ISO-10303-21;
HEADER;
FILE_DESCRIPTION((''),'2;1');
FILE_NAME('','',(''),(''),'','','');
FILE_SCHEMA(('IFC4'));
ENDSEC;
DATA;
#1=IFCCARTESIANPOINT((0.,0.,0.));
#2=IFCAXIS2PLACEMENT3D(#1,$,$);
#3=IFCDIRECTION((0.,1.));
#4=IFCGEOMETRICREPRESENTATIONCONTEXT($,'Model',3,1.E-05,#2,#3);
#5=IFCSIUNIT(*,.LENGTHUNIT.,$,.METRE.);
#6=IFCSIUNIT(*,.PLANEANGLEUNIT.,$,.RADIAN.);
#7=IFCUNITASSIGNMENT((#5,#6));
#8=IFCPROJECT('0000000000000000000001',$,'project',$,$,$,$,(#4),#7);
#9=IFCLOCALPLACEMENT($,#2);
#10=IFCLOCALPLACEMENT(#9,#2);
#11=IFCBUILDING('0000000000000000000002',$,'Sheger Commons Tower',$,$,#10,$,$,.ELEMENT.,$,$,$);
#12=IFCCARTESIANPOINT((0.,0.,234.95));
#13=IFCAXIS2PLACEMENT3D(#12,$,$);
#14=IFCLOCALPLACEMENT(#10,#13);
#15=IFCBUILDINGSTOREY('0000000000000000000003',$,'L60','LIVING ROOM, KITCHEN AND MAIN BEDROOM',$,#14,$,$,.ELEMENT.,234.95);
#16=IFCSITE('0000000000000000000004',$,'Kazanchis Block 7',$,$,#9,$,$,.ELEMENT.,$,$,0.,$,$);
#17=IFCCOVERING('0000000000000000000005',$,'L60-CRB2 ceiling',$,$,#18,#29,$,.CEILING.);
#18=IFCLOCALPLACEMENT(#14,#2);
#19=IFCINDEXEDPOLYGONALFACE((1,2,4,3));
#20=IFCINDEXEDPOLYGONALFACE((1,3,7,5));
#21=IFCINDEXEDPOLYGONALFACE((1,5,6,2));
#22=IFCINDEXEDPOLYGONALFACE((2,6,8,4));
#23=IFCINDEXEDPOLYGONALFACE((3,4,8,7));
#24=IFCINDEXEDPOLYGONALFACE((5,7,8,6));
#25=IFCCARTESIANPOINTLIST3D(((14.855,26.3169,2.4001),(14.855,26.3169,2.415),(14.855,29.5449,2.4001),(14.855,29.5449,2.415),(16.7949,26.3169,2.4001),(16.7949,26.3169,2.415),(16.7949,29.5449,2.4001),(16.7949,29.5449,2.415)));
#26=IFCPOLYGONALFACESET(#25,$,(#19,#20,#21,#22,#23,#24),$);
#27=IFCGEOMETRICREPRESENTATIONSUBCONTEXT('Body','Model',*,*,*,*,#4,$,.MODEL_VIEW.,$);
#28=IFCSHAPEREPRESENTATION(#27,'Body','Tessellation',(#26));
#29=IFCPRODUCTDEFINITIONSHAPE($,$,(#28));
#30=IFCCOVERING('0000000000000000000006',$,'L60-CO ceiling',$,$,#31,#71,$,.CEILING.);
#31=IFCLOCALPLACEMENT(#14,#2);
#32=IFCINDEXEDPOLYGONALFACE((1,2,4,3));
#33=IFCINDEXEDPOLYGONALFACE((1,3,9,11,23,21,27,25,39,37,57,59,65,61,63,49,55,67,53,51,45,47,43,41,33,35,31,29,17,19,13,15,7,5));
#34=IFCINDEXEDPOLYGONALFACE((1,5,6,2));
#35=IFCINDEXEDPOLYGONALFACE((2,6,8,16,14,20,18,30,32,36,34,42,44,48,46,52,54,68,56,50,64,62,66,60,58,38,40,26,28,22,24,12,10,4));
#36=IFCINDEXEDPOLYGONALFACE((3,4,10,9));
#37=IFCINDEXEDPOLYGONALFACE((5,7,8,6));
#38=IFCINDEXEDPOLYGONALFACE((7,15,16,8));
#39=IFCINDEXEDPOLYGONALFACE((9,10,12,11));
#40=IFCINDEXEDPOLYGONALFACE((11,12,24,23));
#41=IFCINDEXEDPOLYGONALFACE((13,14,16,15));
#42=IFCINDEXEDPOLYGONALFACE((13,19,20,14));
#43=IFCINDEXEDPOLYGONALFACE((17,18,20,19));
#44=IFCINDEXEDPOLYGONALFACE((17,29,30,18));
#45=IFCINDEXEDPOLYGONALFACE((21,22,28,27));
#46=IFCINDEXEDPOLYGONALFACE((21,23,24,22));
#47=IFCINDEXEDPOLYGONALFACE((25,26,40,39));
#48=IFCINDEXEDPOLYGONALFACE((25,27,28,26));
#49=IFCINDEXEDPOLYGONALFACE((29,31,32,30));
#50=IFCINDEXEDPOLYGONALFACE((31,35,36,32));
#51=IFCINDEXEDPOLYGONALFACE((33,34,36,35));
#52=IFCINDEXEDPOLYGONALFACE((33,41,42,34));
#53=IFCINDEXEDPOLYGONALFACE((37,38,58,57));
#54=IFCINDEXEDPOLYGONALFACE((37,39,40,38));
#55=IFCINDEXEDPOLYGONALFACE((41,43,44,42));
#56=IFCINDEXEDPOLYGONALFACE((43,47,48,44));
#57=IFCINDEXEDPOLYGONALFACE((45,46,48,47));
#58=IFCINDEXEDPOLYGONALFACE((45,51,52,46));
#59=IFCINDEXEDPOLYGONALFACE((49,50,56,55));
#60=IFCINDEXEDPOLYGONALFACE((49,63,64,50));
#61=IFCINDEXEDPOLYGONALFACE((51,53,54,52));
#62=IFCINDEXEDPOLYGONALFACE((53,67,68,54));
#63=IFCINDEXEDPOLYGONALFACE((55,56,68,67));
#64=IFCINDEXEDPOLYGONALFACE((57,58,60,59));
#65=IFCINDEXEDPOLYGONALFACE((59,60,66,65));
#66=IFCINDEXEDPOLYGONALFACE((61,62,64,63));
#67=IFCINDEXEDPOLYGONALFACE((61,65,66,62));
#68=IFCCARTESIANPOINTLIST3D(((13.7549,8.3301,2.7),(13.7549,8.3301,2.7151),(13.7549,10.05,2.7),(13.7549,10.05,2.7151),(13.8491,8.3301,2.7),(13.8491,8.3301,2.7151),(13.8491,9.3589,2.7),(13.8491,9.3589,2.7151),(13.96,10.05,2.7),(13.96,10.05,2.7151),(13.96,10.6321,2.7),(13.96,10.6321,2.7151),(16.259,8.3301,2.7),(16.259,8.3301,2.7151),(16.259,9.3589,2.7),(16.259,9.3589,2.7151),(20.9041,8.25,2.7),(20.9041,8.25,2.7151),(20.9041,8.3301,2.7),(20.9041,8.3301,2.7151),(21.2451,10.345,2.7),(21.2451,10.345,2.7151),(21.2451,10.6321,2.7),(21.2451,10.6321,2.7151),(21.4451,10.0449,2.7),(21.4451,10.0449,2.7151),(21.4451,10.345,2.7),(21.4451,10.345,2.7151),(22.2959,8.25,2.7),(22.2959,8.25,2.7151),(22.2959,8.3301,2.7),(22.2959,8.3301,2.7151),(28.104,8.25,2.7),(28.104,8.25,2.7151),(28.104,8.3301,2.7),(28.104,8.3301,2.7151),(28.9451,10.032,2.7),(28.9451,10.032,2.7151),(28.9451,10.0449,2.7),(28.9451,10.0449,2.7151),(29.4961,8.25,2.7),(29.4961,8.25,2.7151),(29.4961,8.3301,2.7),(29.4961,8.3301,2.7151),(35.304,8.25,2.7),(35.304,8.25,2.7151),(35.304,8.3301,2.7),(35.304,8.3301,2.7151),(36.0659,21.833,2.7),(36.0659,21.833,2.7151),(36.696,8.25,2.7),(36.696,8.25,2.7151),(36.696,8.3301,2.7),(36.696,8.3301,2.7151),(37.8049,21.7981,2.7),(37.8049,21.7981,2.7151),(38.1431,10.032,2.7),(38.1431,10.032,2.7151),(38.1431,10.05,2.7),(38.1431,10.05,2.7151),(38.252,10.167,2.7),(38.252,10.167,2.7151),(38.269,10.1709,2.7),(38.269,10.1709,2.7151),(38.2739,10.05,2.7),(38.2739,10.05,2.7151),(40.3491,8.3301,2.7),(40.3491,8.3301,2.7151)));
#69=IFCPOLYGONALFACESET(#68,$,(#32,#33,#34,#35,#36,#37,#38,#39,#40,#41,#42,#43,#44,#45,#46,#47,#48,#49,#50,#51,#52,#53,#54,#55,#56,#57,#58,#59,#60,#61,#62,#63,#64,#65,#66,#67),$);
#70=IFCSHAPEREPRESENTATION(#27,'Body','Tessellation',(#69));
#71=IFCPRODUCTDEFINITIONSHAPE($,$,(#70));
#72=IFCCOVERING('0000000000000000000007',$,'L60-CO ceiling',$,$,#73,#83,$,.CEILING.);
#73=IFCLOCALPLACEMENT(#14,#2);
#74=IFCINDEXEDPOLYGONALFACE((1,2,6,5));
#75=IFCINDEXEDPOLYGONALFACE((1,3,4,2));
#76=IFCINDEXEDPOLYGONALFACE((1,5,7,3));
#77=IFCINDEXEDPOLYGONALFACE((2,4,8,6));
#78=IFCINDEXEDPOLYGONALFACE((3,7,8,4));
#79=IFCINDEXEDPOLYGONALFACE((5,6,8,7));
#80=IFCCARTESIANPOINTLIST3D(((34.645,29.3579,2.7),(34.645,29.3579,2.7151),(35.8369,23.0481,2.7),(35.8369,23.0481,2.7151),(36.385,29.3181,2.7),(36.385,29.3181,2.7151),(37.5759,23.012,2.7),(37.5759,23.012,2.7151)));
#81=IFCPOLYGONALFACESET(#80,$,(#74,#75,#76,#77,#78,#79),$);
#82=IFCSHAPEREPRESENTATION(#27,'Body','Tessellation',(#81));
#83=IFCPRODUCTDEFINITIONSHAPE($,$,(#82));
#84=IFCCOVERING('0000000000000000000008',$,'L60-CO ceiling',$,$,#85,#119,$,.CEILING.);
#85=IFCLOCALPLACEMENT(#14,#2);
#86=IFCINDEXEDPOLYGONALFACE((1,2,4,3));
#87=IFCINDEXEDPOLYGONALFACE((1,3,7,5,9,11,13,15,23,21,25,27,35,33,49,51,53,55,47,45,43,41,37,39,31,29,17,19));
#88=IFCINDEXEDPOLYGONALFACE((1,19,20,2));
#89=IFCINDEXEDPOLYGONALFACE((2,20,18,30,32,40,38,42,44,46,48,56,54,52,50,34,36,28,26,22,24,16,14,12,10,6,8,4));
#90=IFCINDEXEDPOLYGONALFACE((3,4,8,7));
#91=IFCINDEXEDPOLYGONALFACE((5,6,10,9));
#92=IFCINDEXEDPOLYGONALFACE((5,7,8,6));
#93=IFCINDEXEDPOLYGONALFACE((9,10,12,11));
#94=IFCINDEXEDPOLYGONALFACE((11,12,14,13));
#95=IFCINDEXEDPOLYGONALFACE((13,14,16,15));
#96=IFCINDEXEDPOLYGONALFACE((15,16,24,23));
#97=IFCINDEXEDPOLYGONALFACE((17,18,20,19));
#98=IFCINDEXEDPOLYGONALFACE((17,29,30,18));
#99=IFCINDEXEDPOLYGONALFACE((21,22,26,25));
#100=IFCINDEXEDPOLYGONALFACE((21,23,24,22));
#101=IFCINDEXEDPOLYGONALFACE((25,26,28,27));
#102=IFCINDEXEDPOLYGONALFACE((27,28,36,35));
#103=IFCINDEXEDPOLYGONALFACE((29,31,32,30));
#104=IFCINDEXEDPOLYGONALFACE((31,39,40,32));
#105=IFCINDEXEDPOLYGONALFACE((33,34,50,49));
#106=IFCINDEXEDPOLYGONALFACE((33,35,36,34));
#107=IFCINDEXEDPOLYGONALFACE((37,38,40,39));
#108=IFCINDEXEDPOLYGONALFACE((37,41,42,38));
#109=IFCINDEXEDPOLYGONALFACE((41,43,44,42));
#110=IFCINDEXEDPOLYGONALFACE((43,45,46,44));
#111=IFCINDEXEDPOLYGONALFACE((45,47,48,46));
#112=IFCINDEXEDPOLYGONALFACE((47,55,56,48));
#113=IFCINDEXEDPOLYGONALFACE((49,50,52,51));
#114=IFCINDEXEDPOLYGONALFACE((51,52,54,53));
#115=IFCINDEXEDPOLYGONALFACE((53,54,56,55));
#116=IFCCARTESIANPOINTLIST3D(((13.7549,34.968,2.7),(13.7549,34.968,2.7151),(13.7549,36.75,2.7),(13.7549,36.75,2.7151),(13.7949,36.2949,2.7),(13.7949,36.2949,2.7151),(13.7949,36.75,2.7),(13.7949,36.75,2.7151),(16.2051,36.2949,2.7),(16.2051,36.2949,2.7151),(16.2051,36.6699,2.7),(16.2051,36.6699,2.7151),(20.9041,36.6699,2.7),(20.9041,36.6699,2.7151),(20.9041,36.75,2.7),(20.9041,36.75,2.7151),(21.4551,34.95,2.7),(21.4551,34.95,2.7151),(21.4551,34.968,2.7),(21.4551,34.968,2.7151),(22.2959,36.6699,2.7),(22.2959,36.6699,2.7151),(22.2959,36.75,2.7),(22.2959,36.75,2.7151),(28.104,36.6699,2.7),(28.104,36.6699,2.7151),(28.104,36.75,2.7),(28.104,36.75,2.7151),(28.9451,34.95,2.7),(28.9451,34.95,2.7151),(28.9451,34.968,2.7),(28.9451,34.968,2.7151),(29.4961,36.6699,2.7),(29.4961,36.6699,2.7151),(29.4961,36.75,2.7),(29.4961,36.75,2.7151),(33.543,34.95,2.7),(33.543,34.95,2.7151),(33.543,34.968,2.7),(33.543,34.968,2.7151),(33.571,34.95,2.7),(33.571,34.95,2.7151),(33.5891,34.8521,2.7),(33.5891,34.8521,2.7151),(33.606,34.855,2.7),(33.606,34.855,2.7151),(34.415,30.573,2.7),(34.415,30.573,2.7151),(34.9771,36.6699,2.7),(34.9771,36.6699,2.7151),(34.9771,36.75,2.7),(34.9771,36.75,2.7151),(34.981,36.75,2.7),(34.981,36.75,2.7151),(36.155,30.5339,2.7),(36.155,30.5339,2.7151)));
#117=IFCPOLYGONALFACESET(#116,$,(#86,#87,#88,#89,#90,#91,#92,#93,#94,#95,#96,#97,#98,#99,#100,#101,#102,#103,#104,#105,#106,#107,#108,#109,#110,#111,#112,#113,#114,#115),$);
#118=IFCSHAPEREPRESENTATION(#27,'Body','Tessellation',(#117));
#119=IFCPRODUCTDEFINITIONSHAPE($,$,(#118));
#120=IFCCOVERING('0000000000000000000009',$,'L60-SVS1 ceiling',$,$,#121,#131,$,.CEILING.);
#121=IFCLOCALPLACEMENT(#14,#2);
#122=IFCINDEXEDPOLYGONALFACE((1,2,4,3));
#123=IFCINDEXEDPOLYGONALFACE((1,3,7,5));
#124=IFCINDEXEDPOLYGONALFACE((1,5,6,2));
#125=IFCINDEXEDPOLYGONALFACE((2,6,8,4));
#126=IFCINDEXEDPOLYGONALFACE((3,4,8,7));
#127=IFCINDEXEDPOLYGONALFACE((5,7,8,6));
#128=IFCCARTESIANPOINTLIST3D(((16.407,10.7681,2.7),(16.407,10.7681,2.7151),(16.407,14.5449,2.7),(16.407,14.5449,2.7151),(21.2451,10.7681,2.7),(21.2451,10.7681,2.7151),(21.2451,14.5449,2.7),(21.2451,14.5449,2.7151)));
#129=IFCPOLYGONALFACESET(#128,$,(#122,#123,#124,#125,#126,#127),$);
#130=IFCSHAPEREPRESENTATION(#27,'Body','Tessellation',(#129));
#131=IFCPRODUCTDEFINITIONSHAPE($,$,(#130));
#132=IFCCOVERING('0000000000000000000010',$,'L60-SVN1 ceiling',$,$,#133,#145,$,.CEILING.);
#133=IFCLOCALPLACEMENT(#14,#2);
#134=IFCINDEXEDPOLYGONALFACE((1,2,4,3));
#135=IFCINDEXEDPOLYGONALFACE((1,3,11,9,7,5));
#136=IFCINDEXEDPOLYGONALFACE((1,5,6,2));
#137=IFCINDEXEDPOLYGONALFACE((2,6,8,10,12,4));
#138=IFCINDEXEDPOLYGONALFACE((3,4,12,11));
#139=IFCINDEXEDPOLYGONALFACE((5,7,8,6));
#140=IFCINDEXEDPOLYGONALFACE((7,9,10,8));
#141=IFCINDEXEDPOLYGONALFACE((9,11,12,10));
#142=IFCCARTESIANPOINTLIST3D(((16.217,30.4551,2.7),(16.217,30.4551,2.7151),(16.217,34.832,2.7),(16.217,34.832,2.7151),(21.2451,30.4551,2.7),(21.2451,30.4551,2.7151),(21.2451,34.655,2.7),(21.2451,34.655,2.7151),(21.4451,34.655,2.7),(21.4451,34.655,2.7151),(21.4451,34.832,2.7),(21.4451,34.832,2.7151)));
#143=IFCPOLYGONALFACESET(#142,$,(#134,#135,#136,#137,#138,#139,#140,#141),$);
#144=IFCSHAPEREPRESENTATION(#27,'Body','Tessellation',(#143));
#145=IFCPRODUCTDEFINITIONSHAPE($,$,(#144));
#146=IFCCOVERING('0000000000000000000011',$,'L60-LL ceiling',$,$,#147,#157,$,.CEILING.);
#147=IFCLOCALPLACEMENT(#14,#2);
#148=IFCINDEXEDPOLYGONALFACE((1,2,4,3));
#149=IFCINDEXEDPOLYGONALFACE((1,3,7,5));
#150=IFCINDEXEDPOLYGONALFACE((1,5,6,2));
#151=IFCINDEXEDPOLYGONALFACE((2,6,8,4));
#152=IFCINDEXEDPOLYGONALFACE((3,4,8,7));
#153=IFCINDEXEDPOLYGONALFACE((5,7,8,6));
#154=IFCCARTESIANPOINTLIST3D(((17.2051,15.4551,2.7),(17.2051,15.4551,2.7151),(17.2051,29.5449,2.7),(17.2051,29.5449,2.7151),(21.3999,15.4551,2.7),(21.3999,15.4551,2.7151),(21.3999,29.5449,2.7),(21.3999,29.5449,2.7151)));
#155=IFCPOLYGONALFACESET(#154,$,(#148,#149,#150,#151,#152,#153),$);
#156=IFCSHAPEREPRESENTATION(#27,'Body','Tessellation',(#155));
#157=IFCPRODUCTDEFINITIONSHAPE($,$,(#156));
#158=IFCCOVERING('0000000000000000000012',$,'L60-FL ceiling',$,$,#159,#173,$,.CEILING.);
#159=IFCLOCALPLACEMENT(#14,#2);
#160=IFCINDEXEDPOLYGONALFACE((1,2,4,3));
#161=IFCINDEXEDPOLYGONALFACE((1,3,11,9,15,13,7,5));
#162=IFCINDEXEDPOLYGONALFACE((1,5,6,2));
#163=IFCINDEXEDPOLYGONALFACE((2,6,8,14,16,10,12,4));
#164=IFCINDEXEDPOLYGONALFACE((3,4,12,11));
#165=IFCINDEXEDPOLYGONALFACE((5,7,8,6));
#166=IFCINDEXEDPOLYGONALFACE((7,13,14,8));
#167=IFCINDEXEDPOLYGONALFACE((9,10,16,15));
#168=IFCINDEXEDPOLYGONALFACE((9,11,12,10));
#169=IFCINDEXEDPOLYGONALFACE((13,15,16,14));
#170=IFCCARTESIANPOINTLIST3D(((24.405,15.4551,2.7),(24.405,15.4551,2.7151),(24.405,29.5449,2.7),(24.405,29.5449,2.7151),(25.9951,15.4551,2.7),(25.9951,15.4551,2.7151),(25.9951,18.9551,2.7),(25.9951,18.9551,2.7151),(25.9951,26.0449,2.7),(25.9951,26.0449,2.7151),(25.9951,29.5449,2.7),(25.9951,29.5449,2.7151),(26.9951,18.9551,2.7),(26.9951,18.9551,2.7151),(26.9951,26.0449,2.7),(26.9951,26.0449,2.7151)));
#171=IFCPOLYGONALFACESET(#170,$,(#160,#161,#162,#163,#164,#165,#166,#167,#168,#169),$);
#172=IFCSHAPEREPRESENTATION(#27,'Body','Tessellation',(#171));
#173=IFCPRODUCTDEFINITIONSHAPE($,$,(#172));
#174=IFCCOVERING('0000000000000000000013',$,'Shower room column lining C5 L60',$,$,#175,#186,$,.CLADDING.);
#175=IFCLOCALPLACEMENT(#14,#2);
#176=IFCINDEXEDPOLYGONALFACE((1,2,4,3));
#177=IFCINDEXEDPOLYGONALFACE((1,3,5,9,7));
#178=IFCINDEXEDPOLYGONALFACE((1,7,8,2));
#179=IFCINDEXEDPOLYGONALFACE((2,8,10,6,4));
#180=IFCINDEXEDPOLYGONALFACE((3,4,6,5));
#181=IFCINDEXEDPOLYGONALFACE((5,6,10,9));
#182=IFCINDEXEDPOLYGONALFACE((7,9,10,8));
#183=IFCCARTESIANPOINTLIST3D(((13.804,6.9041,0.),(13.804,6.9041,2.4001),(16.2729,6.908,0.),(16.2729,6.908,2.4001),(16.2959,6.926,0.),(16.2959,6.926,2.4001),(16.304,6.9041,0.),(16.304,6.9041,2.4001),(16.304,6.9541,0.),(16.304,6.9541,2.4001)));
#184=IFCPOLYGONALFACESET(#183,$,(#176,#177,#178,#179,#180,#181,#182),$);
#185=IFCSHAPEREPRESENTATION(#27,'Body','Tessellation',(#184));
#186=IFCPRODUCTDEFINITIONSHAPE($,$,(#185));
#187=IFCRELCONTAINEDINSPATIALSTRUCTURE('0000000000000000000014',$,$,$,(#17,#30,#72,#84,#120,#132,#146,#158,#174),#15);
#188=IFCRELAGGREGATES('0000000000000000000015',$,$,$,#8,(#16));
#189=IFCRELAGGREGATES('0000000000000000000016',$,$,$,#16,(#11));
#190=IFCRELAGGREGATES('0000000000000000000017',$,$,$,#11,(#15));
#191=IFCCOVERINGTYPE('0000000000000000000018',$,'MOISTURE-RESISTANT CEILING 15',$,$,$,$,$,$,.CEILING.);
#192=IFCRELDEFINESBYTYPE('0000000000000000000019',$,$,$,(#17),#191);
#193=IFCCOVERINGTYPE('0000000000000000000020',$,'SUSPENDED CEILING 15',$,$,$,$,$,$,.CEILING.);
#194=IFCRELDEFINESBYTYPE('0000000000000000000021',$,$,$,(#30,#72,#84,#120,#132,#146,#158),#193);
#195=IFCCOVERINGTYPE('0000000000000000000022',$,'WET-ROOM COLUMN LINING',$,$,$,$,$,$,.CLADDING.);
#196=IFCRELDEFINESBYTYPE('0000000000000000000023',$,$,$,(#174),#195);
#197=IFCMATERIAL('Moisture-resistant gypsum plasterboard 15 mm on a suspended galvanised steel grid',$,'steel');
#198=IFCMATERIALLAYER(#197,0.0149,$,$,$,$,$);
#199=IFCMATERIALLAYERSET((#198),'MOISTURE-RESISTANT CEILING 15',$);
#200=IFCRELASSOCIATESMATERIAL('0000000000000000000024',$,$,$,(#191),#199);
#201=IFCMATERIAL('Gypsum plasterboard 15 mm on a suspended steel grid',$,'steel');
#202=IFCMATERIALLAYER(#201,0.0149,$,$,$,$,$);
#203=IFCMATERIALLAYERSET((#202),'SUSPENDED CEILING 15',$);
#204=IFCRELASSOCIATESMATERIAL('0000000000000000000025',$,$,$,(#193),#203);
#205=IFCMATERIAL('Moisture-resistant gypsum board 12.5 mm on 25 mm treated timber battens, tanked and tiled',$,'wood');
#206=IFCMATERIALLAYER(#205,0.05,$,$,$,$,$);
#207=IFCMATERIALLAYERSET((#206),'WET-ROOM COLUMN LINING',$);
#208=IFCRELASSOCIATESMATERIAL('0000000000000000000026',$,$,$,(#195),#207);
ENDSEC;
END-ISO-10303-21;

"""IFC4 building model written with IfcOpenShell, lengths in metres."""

from ifc_helpers import new_model, si_unit, direction, frame, origin, place, context, subcontext, project, spatial, polyline, outline, extrude, material, layer, layer_set, type_object, element, save


model = new_model("IFC4")

# Units and contexts
model_context = context("Model", 3, precision=1e-05, world=origin(), true_north=direction((0.0, 1.0)))
body_context = subcontext(model_context, "Body", "Model", "MODEL_VIEW")
ifc_project = project(units=[si_unit("LENGTHUNIT", "METRE"), si_unit("PLANEANGLEUNIT", "RADIAN")], contexts=[model_context])

# Site, building, storey
site_placement = place(None, origin())
site = spatial("IfcSite", under=ifc_project, at=site_placement, Name="Kazanchis Block 7", CompositionType="ELEMENT", RefElevation=0.0)
building_placement = place(site_placement, origin())
building = spatial("IfcBuilding", under=site, at=building_placement, Name="Sheger Commons Tower", CompositionType="ELEMENT")
storey_placement = place(building_placement, frame((0.0, 0.0, 234.95)))
storey = spatial("IfcBuildingStorey", under=building, at=storey_placement, Name="L60", Description="LIVING ROOM, KITCHEN AND MAIN BEDROOM", CompositionType="ELEMENT", Elevation=234.95)

# Coverings
ifc_material_1 = material(Name="Moisture-resistant gypsum plasterboard 15 mm on a suspended galvanised steel grid", Category="steel")
ifc_layer_1 = layer(ifc_material_1, 0.0149)
ifc_layer_set_1 = layer_set([ifc_layer_1], Name="MOISTURE-RESISTANT CEILING 15")
covering_type_1 = type_object("IfcCoveringType", Name="MOISTURE-RESISTANT CEILING 15", PredefinedType="CEILING", material=ifc_layer_set_1)
covering_1_placement = place(storey_placement, frame((0.0, 0.0, 2.4001)))
element("IfcCovering", 1, at=covering_1_placement, inside=storey, type_object=covering_type_1, Name="L60-CRB2 ceiling", PredefinedType="CEILING", context=body_context, shape_type="SweptSolid", body=[
    extrude(outline(polyline([(14.855, 26.3169), (16.7949, 26.3169), (16.7949, 29.5449), (14.855, 29.5449), (14.855, 26.3169)])), origin(), (0.0, 0.0, 1.0), 0.0149),
])
ifc_material_2 = material(Name="Gypsum plasterboard 15 mm on a suspended steel grid", Category="steel")
ifc_layer_2 = layer(ifc_material_2, 0.0149)
ifc_layer_set_2 = layer_set([ifc_layer_2], Name="SUSPENDED CEILING 15")
covering_type_2 = type_object("IfcCoveringType", Name="SUSPENDED CEILING 15", PredefinedType="CEILING", material=ifc_layer_set_2)
covering_2_placement = place(storey_placement, frame((0.0, 0.0, 2.7)))
element("IfcCovering", 2, at=covering_2_placement, inside=storey, type_object=covering_type_2, Name="L60-CO ceiling", PredefinedType="CEILING", context=body_context, shape_type="SweptSolid", body=[
    extrude(outline(polyline([(20.9041, 8.25), (22.2959, 8.25), (22.2959, 8.3301), (28.104, 8.3301), (28.104, 8.25), (29.4961, 8.25), (29.4961, 8.3301), (35.304, 8.3301), (35.304, 8.25), (36.696, 8.25), (36.696, 8.3301), (40.3491, 8.3301), (37.8049, 21.7981), (36.0659, 21.833), (38.269, 10.1709), (38.252, 10.167), (38.2739, 10.05), (38.1431, 10.05), (38.1431, 10.032), (28.9451, 10.032), (28.9451, 10.0449), (21.4451, 10.0449), (21.4451, 10.345), (21.2451, 10.345), (21.2451, 10.6321), (13.96, 10.6321), (13.96, 10.05), (13.7549, 10.05), (13.7549, 8.3301), (13.8491, 8.3301), (13.8491, 9.3589), (16.259, 9.3589), (16.259, 8.3301), (20.9041, 8.3301), (20.9041, 8.25)])), origin(), (0.0, 0.0, 1.0), 0.0151),
])
covering_3_placement = place(storey_placement, frame((0.0, 0.0, 2.7)))
element("IfcCovering", 3, at=covering_3_placement, inside=storey, type_object=covering_type_2, Name="L60-CO ceiling", PredefinedType="CEILING", context=body_context, shape_type="SweptSolid", body=[
    extrude(outline(polyline([(37.5759, 23.012), (36.385, 29.3181), (34.645, 29.3579), (35.8369, 23.0481), (37.5759, 23.012)])), origin(), (0.0, 0.0, 1.0), 0.0151),
])
covering_4_placement = place(storey_placement, frame((0.0, 0.0, 2.7)))
element("IfcCovering", 4, at=covering_4_placement, inside=storey, type_object=covering_type_2, Name="L60-CO ceiling", PredefinedType="CEILING", context=body_context, shape_type="SweptSolid", body=[
    extrude(outline(polyline([(36.155, 30.5339), (34.981, 36.75), (34.9771, 36.75), (34.9771, 36.6699), (29.4961, 36.6699), (29.4961, 36.75), (28.104, 36.75), (28.104, 36.6699), (22.2959, 36.6699), (22.2959, 36.75), (20.9041, 36.75), (20.9041, 36.6699), (16.2051, 36.6699), (16.2051, 36.2949), (13.7949, 36.2949), (13.7949, 36.75), (13.7549, 36.75), (13.7549, 34.968), (21.4551, 34.968), (21.4551, 34.95), (28.9451, 34.95), (28.9451, 34.968), (33.543, 34.968), (33.543, 34.95), (33.571, 34.95), (33.5891, 34.8521), (33.606, 34.855), (34.415, 30.573), (36.155, 30.5339)])), origin(), (0.0, 0.0, 1.0), 0.0151),
])
covering_5_placement = place(storey_placement, frame((0.0, 0.0, 2.7)))
element("IfcCovering", 5, at=covering_5_placement, inside=storey, type_object=covering_type_2, Name="L60-SVS1 ceiling", PredefinedType="CEILING", context=body_context, shape_type="SweptSolid", body=[
    extrude(outline(polyline([(16.407, 10.7681), (21.2451, 10.7681), (21.2451, 14.5449), (16.407, 14.5449), (16.407, 10.7681)])), origin(), (0.0, 0.0, 1.0), 0.0151),
])
covering_6_placement = place(storey_placement, frame((0.0, 0.0, 2.7)))
element("IfcCovering", 6, at=covering_6_placement, inside=storey, type_object=covering_type_2, Name="L60-SVN1 ceiling", PredefinedType="CEILING", context=body_context, shape_type="SweptSolid", body=[
    extrude(outline(polyline([(16.217, 30.4551), (21.2451, 30.4551), (21.2451, 34.655), (21.4451, 34.655), (21.4451, 34.832), (16.217, 34.832), (16.217, 30.4551)])), origin(), (0.0, 0.0, 1.0), 0.0151),
])
covering_7_placement = place(storey_placement, frame((0.0, 0.0, 2.7)))
element("IfcCovering", 7, at=covering_7_placement, inside=storey, type_object=covering_type_2, Name="L60-LL ceiling", PredefinedType="CEILING", context=body_context, shape_type="SweptSolid", body=[
    extrude(outline(polyline([(17.2051, 15.4551), (21.3999, 15.4551), (21.3999, 29.5449), (17.2051, 29.5449), (17.2051, 15.4551)])), origin(), (0.0, 0.0, 1.0), 0.0151),
])
covering_8_placement = place(storey_placement, frame((0.0, 0.0, 2.7)))
element("IfcCovering", 8, at=covering_8_placement, inside=storey, type_object=covering_type_2, Name="L60-FL ceiling", PredefinedType="CEILING", context=body_context, shape_type="SweptSolid", body=[
    extrude(outline(polyline([(24.405, 15.4551), (25.9951, 15.4551), (25.9951, 18.9551), (26.9951, 18.9551), (26.9951, 26.0449), (25.9951, 26.0449), (25.9951, 29.5449), (24.405, 29.5449), (24.405, 15.4551)])), origin(), (0.0, 0.0, 1.0), 0.0151),
])
ifc_material_3 = material(Name="Moisture-resistant gypsum board 12.5 mm on 25 mm treated timber battens, tanked and tiled", Category="wood")
ifc_layer_3 = layer(ifc_material_3, 0.05)
ifc_layer_set_3 = layer_set([ifc_layer_3], Name="WET-ROOM COLUMN LINING")
covering_type_3 = type_object("IfcCoveringType", Name="WET-ROOM COLUMN LINING", PredefinedType="CLADDING", material=ifc_layer_set_3)
covering_9_placement = place(storey_placement, origin())
element("IfcCovering", 9, at=covering_9_placement, inside=storey, type_object=covering_type_3, Name="Shower room column lining C5 L60", PredefinedType="CLADDING", context=body_context, shape_type="SweptSolid", body=[
    extrude(outline(polyline([(16.2729, 6.908), (16.2959, 6.926), (16.304, 6.9541), (16.304, 8.175), (16.304, 6.9041), (13.804, 6.9041), (16.2729, 6.908)])), origin(), (0.0, 0.0, 1.0), 2.4001),
])

save(model, "model.ifc")
